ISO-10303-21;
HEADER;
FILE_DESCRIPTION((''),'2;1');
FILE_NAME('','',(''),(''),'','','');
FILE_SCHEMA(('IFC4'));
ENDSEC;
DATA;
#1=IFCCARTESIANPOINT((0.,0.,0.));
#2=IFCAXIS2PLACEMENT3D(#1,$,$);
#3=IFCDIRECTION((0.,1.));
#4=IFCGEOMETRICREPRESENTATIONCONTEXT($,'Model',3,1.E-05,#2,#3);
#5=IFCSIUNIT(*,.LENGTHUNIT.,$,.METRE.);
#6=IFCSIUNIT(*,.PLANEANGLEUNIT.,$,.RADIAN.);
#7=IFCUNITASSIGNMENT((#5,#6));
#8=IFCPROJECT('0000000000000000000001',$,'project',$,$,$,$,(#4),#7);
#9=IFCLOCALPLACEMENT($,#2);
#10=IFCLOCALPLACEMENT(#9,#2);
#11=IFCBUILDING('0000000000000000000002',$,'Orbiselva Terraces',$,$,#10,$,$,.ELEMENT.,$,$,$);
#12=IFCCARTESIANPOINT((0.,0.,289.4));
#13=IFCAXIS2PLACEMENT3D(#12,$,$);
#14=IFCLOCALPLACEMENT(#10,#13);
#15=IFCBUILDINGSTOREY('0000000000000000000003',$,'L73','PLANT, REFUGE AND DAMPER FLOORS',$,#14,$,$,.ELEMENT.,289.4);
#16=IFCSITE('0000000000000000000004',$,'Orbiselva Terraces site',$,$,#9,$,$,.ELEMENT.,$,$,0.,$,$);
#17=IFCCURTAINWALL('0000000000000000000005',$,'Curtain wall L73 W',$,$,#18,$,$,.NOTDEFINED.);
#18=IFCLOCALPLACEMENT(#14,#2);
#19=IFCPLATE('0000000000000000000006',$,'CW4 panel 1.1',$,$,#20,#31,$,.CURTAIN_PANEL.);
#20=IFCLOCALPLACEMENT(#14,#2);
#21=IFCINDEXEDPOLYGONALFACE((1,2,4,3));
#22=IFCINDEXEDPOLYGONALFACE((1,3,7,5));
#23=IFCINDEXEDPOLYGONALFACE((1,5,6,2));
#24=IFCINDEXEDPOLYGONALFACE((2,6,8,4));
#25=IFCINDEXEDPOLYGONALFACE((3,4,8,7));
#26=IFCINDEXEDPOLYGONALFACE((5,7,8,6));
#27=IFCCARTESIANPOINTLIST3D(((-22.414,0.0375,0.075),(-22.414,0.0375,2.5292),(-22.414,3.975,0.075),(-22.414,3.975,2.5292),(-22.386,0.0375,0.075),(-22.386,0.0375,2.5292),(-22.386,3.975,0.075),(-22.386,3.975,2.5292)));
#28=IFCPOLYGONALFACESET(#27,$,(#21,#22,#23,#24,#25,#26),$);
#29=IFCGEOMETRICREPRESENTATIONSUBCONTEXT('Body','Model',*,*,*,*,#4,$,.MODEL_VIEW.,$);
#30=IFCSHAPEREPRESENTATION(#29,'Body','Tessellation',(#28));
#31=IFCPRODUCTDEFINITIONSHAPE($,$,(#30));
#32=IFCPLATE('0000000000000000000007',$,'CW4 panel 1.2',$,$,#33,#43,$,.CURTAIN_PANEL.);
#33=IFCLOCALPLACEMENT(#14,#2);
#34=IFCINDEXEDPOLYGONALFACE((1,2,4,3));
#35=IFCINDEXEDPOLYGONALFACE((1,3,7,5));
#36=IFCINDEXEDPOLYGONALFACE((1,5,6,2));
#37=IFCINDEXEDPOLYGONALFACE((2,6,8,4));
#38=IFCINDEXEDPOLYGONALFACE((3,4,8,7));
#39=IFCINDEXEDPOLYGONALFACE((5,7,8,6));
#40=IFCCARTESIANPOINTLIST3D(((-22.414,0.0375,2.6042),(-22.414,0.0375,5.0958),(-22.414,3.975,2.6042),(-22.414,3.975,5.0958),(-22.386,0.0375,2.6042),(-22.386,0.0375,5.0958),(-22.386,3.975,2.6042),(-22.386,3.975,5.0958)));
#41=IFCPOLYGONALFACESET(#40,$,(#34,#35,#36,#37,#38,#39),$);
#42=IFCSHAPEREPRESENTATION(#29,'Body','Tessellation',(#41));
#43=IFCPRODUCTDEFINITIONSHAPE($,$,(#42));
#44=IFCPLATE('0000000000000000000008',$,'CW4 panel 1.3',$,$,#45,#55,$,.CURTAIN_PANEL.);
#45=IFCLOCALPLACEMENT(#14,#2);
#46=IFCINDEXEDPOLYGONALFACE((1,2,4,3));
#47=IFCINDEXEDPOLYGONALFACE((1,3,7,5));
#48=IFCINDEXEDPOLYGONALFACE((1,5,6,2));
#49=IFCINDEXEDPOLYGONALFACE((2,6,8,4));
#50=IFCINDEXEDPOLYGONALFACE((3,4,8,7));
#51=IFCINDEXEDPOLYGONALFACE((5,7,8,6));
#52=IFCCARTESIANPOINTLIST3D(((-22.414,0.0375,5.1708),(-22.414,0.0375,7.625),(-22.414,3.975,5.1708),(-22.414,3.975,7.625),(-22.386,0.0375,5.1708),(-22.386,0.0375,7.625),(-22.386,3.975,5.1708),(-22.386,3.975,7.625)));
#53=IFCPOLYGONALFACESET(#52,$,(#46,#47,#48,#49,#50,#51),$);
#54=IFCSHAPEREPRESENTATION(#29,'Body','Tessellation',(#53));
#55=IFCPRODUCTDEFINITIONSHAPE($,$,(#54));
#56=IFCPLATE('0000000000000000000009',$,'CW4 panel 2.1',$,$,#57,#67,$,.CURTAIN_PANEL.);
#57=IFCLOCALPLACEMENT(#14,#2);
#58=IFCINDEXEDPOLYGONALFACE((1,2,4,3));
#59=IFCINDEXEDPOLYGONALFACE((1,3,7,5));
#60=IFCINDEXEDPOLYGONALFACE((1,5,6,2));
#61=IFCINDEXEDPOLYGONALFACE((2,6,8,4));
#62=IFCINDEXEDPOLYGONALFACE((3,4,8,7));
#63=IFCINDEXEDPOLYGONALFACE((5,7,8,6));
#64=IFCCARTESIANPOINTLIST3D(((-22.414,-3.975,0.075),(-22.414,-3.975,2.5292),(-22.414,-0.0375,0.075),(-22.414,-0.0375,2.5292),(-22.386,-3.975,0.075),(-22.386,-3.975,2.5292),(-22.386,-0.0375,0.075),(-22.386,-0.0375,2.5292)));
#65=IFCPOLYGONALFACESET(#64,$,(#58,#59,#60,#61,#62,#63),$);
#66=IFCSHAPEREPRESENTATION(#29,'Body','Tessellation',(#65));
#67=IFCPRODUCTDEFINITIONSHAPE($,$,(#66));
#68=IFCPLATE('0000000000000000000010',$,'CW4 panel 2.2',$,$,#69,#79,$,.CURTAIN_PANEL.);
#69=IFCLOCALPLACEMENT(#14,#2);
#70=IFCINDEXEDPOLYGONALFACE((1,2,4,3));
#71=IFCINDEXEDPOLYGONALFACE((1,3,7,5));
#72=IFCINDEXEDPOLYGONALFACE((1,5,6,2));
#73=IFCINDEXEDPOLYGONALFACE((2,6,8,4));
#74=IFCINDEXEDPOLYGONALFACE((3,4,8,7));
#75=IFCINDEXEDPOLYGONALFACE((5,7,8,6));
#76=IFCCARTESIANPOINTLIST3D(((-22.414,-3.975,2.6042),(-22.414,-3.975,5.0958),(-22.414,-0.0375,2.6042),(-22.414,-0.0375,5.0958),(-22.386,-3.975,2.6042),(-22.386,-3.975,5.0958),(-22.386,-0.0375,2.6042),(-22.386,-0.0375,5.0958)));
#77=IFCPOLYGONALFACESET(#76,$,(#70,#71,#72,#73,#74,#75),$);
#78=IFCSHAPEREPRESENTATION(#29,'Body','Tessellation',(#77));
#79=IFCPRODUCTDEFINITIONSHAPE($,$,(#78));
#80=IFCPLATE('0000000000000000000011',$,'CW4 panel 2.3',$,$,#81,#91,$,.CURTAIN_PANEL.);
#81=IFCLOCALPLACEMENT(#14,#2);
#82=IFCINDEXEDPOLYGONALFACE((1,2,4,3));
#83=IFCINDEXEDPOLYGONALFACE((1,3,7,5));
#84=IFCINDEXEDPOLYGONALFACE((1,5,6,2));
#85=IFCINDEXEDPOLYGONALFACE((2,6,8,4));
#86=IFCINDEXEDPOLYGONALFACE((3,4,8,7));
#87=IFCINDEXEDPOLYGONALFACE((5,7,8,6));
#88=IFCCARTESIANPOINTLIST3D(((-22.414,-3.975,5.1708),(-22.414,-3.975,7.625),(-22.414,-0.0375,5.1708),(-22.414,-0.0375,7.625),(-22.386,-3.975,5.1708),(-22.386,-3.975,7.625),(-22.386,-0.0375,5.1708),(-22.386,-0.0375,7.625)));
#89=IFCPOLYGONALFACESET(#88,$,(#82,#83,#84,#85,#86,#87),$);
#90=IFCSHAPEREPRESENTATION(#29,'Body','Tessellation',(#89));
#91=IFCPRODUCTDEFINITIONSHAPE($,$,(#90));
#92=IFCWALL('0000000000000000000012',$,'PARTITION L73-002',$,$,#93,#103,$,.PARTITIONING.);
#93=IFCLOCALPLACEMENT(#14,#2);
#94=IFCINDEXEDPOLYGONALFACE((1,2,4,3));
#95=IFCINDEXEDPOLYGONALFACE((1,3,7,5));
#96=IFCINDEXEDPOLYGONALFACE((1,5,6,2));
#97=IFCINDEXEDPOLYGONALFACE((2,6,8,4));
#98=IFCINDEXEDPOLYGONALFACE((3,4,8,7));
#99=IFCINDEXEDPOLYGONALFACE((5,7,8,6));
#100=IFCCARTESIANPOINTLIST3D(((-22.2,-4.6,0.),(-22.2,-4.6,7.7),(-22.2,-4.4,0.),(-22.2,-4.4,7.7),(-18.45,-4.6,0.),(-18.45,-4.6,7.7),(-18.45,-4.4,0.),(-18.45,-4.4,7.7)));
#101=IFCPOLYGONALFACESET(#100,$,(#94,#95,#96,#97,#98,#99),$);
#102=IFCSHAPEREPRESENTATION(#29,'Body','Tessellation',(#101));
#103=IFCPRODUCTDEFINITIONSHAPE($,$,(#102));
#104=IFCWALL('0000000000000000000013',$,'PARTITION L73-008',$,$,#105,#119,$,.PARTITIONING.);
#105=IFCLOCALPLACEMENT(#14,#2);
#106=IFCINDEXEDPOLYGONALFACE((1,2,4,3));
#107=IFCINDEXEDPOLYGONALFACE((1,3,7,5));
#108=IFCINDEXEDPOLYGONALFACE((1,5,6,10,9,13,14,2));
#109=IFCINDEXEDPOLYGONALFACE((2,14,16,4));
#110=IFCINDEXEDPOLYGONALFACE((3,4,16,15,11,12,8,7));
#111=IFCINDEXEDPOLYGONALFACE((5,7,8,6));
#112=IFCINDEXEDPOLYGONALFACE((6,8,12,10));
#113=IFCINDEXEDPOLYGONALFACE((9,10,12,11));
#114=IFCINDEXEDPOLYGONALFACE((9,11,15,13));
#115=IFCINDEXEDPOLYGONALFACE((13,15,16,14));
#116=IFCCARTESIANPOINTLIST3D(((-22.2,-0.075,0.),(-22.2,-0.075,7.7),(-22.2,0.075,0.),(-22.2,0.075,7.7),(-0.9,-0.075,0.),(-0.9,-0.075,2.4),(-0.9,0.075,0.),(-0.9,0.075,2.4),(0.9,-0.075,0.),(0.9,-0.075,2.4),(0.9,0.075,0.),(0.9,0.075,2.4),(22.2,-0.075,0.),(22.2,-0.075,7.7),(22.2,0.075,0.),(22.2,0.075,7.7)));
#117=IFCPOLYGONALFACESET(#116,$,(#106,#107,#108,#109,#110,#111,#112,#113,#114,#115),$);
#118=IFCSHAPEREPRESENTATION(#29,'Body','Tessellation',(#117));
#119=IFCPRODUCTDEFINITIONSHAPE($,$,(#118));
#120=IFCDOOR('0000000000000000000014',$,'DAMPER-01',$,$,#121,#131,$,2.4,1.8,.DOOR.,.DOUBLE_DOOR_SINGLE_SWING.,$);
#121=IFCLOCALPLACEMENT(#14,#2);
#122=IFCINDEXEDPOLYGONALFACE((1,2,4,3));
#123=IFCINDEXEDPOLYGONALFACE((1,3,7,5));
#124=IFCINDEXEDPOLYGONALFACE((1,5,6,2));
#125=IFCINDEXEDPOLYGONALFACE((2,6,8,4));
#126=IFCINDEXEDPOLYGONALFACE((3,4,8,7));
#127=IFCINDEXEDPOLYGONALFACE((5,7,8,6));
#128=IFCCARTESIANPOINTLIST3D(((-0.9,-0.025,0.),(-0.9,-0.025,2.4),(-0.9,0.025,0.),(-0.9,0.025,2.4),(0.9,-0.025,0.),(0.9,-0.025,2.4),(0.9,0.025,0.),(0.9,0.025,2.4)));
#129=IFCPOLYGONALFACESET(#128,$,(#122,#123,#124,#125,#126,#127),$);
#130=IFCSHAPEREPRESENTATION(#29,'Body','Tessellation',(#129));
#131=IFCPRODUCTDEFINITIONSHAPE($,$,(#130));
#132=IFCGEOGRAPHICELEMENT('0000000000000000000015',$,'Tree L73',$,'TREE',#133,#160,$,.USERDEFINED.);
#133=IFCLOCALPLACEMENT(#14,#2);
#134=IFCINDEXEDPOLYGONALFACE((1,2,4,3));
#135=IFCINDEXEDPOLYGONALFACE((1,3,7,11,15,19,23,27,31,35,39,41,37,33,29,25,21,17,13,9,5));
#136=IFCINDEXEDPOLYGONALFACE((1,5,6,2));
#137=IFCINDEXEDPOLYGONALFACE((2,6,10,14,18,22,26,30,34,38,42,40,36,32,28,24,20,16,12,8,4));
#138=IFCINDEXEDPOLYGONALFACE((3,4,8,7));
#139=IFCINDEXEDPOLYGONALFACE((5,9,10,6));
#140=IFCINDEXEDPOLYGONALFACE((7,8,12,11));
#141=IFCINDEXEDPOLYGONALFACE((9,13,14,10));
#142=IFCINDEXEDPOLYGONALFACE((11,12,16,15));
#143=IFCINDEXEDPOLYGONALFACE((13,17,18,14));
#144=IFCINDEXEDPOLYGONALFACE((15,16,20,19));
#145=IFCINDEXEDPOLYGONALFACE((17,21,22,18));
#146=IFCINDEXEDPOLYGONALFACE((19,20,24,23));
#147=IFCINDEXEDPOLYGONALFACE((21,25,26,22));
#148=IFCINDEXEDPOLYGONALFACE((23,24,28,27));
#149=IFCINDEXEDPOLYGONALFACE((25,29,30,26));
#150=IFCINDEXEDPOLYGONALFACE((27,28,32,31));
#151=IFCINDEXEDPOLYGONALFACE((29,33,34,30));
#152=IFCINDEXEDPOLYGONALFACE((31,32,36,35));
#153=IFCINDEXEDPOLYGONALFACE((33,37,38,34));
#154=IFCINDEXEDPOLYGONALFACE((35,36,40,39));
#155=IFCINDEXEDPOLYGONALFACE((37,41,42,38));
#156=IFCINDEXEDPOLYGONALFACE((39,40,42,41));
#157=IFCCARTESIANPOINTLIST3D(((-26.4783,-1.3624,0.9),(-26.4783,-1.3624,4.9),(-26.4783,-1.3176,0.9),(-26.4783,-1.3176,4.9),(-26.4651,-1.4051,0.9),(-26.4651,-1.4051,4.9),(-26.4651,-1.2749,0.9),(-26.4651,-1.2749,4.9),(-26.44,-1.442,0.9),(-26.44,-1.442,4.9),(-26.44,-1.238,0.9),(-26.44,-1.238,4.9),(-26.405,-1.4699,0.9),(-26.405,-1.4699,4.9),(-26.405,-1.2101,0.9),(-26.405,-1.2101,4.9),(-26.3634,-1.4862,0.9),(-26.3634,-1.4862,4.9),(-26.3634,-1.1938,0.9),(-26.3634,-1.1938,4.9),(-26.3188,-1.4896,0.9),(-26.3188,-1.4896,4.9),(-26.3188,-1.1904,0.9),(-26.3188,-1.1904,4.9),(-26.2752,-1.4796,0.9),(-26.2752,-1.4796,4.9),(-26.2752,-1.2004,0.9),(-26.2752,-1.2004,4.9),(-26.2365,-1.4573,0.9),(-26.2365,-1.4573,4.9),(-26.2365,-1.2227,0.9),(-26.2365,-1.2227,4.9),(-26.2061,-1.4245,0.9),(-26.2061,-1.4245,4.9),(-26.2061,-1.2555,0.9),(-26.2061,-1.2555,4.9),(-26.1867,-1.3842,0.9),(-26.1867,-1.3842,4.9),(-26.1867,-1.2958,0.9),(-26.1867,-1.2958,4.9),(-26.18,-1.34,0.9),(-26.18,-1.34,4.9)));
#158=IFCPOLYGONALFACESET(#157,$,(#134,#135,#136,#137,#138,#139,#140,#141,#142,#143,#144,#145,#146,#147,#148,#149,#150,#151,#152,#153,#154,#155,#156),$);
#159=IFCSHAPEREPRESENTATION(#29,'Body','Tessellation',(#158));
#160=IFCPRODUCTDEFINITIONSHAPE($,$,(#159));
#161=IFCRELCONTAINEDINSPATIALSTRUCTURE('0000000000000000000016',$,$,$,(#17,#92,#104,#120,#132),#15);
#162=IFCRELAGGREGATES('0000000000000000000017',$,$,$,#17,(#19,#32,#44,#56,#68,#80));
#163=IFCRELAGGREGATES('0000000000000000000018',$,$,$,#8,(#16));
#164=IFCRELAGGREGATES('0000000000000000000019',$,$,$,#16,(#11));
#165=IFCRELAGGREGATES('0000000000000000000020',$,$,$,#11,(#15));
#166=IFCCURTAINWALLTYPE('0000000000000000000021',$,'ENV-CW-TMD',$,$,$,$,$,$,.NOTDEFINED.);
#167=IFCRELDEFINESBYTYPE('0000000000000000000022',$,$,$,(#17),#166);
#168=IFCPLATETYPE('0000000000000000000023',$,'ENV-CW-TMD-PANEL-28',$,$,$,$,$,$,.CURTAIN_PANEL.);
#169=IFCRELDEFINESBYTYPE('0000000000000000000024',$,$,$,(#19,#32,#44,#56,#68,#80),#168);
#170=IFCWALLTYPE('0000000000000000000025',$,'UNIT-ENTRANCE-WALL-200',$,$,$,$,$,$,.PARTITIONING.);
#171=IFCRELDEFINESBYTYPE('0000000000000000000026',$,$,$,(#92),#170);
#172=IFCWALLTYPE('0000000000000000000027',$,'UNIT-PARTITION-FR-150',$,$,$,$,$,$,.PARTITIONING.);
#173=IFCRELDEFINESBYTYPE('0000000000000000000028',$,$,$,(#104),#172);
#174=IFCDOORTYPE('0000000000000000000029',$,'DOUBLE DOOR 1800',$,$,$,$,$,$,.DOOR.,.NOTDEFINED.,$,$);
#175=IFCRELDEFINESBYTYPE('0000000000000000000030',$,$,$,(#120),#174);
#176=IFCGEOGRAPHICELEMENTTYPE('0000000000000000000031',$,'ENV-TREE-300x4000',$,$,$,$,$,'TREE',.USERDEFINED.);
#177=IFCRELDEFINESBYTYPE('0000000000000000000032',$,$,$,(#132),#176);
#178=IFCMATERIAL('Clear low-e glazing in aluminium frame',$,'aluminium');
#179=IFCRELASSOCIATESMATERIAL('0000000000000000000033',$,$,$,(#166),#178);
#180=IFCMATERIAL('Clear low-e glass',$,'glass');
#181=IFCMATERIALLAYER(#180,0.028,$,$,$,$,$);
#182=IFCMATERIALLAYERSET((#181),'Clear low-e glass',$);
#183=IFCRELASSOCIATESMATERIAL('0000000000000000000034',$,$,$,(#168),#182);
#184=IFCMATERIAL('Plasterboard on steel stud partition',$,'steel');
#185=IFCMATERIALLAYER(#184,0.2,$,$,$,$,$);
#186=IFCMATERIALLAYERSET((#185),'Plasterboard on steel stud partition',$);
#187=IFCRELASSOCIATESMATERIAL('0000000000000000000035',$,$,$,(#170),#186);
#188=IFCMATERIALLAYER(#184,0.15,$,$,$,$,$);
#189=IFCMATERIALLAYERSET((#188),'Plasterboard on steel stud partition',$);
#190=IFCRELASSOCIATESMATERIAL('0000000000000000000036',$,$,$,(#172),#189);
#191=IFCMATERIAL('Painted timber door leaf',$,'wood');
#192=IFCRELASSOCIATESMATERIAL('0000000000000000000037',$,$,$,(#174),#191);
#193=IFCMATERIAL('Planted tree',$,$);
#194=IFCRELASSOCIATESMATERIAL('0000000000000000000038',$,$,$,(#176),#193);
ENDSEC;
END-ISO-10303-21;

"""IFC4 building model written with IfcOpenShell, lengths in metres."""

from ifc_helpers import new_model, si_unit, direction, frame, frame_2d, origin, origin_2d, place, context, subcontext, project, spatial, rectangle, circle, extrude, material, layer, layer_set, type_object, element, fill, aggregate, save


model = new_model("IFC4")

# Units and contexts
model_context = context("Model", 3, precision=1e-05, world=origin(), true_north=direction((0.0, 1.0)))
body_context = subcontext(model_context, "Body", "Model", "MODEL_VIEW")
ifc_project = project(units=[si_unit("LENGTHUNIT", "METRE"), si_unit("PLANEANGLEUNIT", "RADIAN")], contexts=[model_context])

# Site, building, storey
site_placement = place(None, origin())
site = spatial("IfcSite", under=ifc_project, at=site_placement, Name="Orbiselva Terraces site", CompositionType="ELEMENT", RefElevation=0.0)
building_placement = place(site_placement, origin())
building = spatial("IfcBuilding", under=site, at=building_placement, Name="Orbiselva Terraces", CompositionType="ELEMENT")
storey_placement = place(building_placement, frame((0.0, 0.0, 289.4)))
storey = spatial("IfcBuildingStorey", under=building, at=storey_placement, Name="L73", Description="PLANT, REFUGE AND DAMPER FLOORS", CompositionType="ELEMENT", Elevation=289.4)

# Curtain wall, plates
ifc_material_1 = material(Name="Clear low-e glazing in aluminium frame", Category="aluminium")
curtain_wall_type = type_object("IfcCurtainWallType", Name="ENV-CW-TMD", PredefinedType="NOTDEFINED", material=ifc_material_1)
curtain_wall_placement = place(storey_placement, origin())
curtain_wall = element("IfcCurtainWall", 1, at=curtain_wall_placement, inside=storey, type_object=curtain_wall_type, Name="Curtain wall L73 W", PredefinedType="NOTDEFINED")
ifc_material_2 = material(Name="Clear low-e glass", Category="glass")
ifc_layer_1 = layer(ifc_material_2, 0.028)
ifc_layer_set_1 = layer_set([ifc_layer_1], Name="Clear low-e glass")
plate_type = type_object("IfcPlateType", Name="ENV-CW-TMD-PANEL-28", PredefinedType="CURTAIN_PANEL", material=ifc_layer_set_1)
plate_1_placement = place(storey_placement, frame((-22.4, 2.0063, 0.075), z_axis=(0.0, 0.0, 1.0), x_axis=(0.0, -1.0, 0.0)))
plate_1 = element("IfcPlate", 2, at=plate_1_placement, type_object=plate_type, Name="CW4 panel 1.1", PredefinedType="CURTAIN_PANEL", context=body_context, shape_type="SweptSolid", body=[
    extrude(rectangle(XDim=3.9375, YDim=0.028, at=origin_2d()), origin(), (0.0, 0.0, 1.0), 2.4542),
])
plate_2_placement = place(storey_placement, frame((-22.4, 2.0063, 2.6042), z_axis=(0.0, 0.0, 1.0), x_axis=(0.0, -1.0, 0.0)))
plate_2 = element("IfcPlate", 3, at=plate_2_placement, type_object=plate_type, Name="CW4 panel 1.2", PredefinedType="CURTAIN_PANEL", context=body_context, shape_type="SweptSolid", body=[
    extrude(rectangle(XDim=3.9375, YDim=0.028, at=origin_2d()), origin(), (0.0, 0.0, 1.0), 2.4917),
])
plate_3_placement = place(storey_placement, frame((-22.4, 2.0063, 5.1708), z_axis=(0.0, 0.0, 1.0), x_axis=(0.0, -1.0, 0.0)))
plate_3 = element("IfcPlate", 4, at=plate_3_placement, type_object=plate_type, Name="CW4 panel 1.3", PredefinedType="CURTAIN_PANEL", context=body_context, shape_type="SweptSolid", body=[
    extrude(rectangle(XDim=3.9375, YDim=0.028, at=origin_2d()), origin(), (0.0, 0.0, 1.0), 2.4542),
])
plate_4_placement = place(storey_placement, frame((-22.4, -2.0063, 0.075), z_axis=(0.0, 0.0, 1.0), x_axis=(0.0, -1.0, 0.0)))
plate_4 = element("IfcPlate", 5, at=plate_4_placement, type_object=plate_type, Name="CW4 panel 2.1", PredefinedType="CURTAIN_PANEL", context=body_context, shape_type="SweptSolid", body=[
    extrude(rectangle(XDim=3.9375, YDim=0.028, at=origin_2d()), origin(), (0.0, 0.0, 1.0), 2.4542),
])
plate_5_placement = place(storey_placement, frame((-22.4, -2.0063, 2.6042), z_axis=(0.0, 0.0, 1.0), x_axis=(0.0, -1.0, 0.0)))
plate_5 = element("IfcPlate", 6, at=plate_5_placement, type_object=plate_type, Name="CW4 panel 2.2", PredefinedType="CURTAIN_PANEL", context=body_context, shape_type="SweptSolid", body=[
    extrude(rectangle(XDim=3.9375, YDim=0.028, at=origin_2d()), origin(), (0.0, 0.0, 1.0), 2.4917),
])
plate_6_placement = place(storey_placement, frame((-22.4, -2.0063, 5.1708), z_axis=(0.0, 0.0, 1.0), x_axis=(0.0, -1.0, 0.0)))
plate_6 = element("IfcPlate", 7, at=plate_6_placement, type_object=plate_type, Name="CW4 panel 2.3", PredefinedType="CURTAIN_PANEL", context=body_context, shape_type="SweptSolid", body=[
    extrude(rectangle(XDim=3.9375, YDim=0.028, at=origin_2d()), origin(), (0.0, 0.0, 1.0), 2.4542),
])
aggregate(curtain_wall, [plate_1, plate_2, plate_3, plate_4, plate_5, plate_6])

# Wall
ifc_material_3 = material(Name="Plasterboard on steel stud partition", Category="steel")
ifc_layer_2 = layer(ifc_material_3, 0.2)
ifc_layer_set_2 = layer_set([ifc_layer_2], Name="Plasterboard on steel stud partition")
wall_type_1 = type_object("IfcWallType", Name="UNIT-ENTRANCE-WALL-200", PredefinedType="PARTITIONING", material=ifc_layer_set_2)
wall_1_placement = place(storey_placement, frame((-22.2, -4.5, 0.0), z_axis=(0.0, 0.0, 1.0), x_axis=(1.0, 0.0, 0.0)))
element("IfcWall", 8, at=wall_1_placement, inside=storey, type_object=wall_type_1, Name="PARTITION L73-002", PredefinedType="PARTITIONING", context=body_context, shape_type="SweptSolid", body=[
    extrude(rectangle(XDim=3.75, YDim=0.2, at=frame_2d((1.875, 0.0))), origin(), (0.0, 0.0, 1.0), 7.7),
])

# Wall, opening, door
ifc_layer_3 = layer(ifc_material_3, 0.15)
ifc_layer_set_3 = layer_set([ifc_layer_3], Name="Plasterboard on steel stud partition")
wall_type_2 = type_object("IfcWallType", Name="UNIT-PARTITION-FR-150", PredefinedType="PARTITIONING", material=ifc_layer_set_3)
wall_2_placement = place(storey_placement, frame((-22.2, 0.0, 0.0), z_axis=(0.0, 0.0, 1.0), x_axis=(1.0, 0.0, 0.0)))
wall_2 = element("IfcWall", 9, at=wall_2_placement, inside=storey, type_object=wall_type_2, Name="PARTITION L73-008", PredefinedType="PARTITIONING", context=body_context, shape_type="SweptSolid", body=[
    extrude(rectangle(XDim=44.4, YDim=0.15, at=frame_2d((22.2, 0.0))), origin(), (0.0, 0.0, 1.0), 7.7),
])
opening_placement = place(wall_2_placement, frame((21.3, 0.0, 0.0)))
opening = element("IfcOpeningElement", 10, at=opening_placement, cuts=wall_2, PredefinedType="OPENING", context=body_context, shape_type="SweptSolid", body=[
    extrude(rectangle(XDim=1.8, YDim=2.4, at=frame_2d((0.9, 1.2))), frame((0.0, 0.085, 0.0), z_axis=(0.0, -1.0, 0.0), x_axis=(1.0, 0.0, 0.0)), (0.0, 0.0, 1.0), 0.17),
])
ifc_material_4 = material(Name="Painted timber door leaf", Category="wood")
door_type = type_object("IfcDoorType", Name="DOUBLE DOOR 1800", OperationType="NOTDEFINED", PredefinedType="DOOR", material=ifc_material_4)
door_placement = place(opening_placement, origin())
door = element("IfcDoor", 11, at=door_placement, inside=storey, type_object=door_type, Name="DAMPER-01", OperationType="DOUBLE_DOOR_SINGLE_SWING", OverallHeight=2.4, OverallWidth=1.8, PredefinedType="DOOR", context=body_context, shape_type="SweptSolid", body=[
    extrude(rectangle(XDim=1.8, YDim=2.4, at=frame_2d((0.9, 1.2))), frame((0.0, 0.025, 0.0), z_axis=(0.0, -1.0, 0.0), x_axis=(1.0, 0.0, 0.0)), (0.0, 0.0, 1.0), 0.05),
])
fill(opening, door)

# Geographic element
ifc_material_5 = material(Name="Planted tree")
geographic_element_type = type_object("IfcGeographicElementType", Name="ENV-TREE-300x4000", ElementType="TREE", PredefinedType="USERDEFINED", material=ifc_material_5)
geographic_element_placement = place(storey_placement, frame((-26.33, -1.34, 4.9), z_axis=(0.0, 0.0, -1.0), x_axis=(1.0, 0.0, 0.0)))
element("IfcGeographicElement", 12, at=geographic_element_placement, inside=storey, type_object=geographic_element_type, Name="Tree L73", ObjectType="TREE", PredefinedType="USERDEFINED", context=body_context, shape_type="SweptSolid", body=[
    extrude(circle(Radius=0.15, at=origin_2d()), origin(), (0.0, 0.0, 1.0), 4.0),
])

save(model, "model.ifc")
